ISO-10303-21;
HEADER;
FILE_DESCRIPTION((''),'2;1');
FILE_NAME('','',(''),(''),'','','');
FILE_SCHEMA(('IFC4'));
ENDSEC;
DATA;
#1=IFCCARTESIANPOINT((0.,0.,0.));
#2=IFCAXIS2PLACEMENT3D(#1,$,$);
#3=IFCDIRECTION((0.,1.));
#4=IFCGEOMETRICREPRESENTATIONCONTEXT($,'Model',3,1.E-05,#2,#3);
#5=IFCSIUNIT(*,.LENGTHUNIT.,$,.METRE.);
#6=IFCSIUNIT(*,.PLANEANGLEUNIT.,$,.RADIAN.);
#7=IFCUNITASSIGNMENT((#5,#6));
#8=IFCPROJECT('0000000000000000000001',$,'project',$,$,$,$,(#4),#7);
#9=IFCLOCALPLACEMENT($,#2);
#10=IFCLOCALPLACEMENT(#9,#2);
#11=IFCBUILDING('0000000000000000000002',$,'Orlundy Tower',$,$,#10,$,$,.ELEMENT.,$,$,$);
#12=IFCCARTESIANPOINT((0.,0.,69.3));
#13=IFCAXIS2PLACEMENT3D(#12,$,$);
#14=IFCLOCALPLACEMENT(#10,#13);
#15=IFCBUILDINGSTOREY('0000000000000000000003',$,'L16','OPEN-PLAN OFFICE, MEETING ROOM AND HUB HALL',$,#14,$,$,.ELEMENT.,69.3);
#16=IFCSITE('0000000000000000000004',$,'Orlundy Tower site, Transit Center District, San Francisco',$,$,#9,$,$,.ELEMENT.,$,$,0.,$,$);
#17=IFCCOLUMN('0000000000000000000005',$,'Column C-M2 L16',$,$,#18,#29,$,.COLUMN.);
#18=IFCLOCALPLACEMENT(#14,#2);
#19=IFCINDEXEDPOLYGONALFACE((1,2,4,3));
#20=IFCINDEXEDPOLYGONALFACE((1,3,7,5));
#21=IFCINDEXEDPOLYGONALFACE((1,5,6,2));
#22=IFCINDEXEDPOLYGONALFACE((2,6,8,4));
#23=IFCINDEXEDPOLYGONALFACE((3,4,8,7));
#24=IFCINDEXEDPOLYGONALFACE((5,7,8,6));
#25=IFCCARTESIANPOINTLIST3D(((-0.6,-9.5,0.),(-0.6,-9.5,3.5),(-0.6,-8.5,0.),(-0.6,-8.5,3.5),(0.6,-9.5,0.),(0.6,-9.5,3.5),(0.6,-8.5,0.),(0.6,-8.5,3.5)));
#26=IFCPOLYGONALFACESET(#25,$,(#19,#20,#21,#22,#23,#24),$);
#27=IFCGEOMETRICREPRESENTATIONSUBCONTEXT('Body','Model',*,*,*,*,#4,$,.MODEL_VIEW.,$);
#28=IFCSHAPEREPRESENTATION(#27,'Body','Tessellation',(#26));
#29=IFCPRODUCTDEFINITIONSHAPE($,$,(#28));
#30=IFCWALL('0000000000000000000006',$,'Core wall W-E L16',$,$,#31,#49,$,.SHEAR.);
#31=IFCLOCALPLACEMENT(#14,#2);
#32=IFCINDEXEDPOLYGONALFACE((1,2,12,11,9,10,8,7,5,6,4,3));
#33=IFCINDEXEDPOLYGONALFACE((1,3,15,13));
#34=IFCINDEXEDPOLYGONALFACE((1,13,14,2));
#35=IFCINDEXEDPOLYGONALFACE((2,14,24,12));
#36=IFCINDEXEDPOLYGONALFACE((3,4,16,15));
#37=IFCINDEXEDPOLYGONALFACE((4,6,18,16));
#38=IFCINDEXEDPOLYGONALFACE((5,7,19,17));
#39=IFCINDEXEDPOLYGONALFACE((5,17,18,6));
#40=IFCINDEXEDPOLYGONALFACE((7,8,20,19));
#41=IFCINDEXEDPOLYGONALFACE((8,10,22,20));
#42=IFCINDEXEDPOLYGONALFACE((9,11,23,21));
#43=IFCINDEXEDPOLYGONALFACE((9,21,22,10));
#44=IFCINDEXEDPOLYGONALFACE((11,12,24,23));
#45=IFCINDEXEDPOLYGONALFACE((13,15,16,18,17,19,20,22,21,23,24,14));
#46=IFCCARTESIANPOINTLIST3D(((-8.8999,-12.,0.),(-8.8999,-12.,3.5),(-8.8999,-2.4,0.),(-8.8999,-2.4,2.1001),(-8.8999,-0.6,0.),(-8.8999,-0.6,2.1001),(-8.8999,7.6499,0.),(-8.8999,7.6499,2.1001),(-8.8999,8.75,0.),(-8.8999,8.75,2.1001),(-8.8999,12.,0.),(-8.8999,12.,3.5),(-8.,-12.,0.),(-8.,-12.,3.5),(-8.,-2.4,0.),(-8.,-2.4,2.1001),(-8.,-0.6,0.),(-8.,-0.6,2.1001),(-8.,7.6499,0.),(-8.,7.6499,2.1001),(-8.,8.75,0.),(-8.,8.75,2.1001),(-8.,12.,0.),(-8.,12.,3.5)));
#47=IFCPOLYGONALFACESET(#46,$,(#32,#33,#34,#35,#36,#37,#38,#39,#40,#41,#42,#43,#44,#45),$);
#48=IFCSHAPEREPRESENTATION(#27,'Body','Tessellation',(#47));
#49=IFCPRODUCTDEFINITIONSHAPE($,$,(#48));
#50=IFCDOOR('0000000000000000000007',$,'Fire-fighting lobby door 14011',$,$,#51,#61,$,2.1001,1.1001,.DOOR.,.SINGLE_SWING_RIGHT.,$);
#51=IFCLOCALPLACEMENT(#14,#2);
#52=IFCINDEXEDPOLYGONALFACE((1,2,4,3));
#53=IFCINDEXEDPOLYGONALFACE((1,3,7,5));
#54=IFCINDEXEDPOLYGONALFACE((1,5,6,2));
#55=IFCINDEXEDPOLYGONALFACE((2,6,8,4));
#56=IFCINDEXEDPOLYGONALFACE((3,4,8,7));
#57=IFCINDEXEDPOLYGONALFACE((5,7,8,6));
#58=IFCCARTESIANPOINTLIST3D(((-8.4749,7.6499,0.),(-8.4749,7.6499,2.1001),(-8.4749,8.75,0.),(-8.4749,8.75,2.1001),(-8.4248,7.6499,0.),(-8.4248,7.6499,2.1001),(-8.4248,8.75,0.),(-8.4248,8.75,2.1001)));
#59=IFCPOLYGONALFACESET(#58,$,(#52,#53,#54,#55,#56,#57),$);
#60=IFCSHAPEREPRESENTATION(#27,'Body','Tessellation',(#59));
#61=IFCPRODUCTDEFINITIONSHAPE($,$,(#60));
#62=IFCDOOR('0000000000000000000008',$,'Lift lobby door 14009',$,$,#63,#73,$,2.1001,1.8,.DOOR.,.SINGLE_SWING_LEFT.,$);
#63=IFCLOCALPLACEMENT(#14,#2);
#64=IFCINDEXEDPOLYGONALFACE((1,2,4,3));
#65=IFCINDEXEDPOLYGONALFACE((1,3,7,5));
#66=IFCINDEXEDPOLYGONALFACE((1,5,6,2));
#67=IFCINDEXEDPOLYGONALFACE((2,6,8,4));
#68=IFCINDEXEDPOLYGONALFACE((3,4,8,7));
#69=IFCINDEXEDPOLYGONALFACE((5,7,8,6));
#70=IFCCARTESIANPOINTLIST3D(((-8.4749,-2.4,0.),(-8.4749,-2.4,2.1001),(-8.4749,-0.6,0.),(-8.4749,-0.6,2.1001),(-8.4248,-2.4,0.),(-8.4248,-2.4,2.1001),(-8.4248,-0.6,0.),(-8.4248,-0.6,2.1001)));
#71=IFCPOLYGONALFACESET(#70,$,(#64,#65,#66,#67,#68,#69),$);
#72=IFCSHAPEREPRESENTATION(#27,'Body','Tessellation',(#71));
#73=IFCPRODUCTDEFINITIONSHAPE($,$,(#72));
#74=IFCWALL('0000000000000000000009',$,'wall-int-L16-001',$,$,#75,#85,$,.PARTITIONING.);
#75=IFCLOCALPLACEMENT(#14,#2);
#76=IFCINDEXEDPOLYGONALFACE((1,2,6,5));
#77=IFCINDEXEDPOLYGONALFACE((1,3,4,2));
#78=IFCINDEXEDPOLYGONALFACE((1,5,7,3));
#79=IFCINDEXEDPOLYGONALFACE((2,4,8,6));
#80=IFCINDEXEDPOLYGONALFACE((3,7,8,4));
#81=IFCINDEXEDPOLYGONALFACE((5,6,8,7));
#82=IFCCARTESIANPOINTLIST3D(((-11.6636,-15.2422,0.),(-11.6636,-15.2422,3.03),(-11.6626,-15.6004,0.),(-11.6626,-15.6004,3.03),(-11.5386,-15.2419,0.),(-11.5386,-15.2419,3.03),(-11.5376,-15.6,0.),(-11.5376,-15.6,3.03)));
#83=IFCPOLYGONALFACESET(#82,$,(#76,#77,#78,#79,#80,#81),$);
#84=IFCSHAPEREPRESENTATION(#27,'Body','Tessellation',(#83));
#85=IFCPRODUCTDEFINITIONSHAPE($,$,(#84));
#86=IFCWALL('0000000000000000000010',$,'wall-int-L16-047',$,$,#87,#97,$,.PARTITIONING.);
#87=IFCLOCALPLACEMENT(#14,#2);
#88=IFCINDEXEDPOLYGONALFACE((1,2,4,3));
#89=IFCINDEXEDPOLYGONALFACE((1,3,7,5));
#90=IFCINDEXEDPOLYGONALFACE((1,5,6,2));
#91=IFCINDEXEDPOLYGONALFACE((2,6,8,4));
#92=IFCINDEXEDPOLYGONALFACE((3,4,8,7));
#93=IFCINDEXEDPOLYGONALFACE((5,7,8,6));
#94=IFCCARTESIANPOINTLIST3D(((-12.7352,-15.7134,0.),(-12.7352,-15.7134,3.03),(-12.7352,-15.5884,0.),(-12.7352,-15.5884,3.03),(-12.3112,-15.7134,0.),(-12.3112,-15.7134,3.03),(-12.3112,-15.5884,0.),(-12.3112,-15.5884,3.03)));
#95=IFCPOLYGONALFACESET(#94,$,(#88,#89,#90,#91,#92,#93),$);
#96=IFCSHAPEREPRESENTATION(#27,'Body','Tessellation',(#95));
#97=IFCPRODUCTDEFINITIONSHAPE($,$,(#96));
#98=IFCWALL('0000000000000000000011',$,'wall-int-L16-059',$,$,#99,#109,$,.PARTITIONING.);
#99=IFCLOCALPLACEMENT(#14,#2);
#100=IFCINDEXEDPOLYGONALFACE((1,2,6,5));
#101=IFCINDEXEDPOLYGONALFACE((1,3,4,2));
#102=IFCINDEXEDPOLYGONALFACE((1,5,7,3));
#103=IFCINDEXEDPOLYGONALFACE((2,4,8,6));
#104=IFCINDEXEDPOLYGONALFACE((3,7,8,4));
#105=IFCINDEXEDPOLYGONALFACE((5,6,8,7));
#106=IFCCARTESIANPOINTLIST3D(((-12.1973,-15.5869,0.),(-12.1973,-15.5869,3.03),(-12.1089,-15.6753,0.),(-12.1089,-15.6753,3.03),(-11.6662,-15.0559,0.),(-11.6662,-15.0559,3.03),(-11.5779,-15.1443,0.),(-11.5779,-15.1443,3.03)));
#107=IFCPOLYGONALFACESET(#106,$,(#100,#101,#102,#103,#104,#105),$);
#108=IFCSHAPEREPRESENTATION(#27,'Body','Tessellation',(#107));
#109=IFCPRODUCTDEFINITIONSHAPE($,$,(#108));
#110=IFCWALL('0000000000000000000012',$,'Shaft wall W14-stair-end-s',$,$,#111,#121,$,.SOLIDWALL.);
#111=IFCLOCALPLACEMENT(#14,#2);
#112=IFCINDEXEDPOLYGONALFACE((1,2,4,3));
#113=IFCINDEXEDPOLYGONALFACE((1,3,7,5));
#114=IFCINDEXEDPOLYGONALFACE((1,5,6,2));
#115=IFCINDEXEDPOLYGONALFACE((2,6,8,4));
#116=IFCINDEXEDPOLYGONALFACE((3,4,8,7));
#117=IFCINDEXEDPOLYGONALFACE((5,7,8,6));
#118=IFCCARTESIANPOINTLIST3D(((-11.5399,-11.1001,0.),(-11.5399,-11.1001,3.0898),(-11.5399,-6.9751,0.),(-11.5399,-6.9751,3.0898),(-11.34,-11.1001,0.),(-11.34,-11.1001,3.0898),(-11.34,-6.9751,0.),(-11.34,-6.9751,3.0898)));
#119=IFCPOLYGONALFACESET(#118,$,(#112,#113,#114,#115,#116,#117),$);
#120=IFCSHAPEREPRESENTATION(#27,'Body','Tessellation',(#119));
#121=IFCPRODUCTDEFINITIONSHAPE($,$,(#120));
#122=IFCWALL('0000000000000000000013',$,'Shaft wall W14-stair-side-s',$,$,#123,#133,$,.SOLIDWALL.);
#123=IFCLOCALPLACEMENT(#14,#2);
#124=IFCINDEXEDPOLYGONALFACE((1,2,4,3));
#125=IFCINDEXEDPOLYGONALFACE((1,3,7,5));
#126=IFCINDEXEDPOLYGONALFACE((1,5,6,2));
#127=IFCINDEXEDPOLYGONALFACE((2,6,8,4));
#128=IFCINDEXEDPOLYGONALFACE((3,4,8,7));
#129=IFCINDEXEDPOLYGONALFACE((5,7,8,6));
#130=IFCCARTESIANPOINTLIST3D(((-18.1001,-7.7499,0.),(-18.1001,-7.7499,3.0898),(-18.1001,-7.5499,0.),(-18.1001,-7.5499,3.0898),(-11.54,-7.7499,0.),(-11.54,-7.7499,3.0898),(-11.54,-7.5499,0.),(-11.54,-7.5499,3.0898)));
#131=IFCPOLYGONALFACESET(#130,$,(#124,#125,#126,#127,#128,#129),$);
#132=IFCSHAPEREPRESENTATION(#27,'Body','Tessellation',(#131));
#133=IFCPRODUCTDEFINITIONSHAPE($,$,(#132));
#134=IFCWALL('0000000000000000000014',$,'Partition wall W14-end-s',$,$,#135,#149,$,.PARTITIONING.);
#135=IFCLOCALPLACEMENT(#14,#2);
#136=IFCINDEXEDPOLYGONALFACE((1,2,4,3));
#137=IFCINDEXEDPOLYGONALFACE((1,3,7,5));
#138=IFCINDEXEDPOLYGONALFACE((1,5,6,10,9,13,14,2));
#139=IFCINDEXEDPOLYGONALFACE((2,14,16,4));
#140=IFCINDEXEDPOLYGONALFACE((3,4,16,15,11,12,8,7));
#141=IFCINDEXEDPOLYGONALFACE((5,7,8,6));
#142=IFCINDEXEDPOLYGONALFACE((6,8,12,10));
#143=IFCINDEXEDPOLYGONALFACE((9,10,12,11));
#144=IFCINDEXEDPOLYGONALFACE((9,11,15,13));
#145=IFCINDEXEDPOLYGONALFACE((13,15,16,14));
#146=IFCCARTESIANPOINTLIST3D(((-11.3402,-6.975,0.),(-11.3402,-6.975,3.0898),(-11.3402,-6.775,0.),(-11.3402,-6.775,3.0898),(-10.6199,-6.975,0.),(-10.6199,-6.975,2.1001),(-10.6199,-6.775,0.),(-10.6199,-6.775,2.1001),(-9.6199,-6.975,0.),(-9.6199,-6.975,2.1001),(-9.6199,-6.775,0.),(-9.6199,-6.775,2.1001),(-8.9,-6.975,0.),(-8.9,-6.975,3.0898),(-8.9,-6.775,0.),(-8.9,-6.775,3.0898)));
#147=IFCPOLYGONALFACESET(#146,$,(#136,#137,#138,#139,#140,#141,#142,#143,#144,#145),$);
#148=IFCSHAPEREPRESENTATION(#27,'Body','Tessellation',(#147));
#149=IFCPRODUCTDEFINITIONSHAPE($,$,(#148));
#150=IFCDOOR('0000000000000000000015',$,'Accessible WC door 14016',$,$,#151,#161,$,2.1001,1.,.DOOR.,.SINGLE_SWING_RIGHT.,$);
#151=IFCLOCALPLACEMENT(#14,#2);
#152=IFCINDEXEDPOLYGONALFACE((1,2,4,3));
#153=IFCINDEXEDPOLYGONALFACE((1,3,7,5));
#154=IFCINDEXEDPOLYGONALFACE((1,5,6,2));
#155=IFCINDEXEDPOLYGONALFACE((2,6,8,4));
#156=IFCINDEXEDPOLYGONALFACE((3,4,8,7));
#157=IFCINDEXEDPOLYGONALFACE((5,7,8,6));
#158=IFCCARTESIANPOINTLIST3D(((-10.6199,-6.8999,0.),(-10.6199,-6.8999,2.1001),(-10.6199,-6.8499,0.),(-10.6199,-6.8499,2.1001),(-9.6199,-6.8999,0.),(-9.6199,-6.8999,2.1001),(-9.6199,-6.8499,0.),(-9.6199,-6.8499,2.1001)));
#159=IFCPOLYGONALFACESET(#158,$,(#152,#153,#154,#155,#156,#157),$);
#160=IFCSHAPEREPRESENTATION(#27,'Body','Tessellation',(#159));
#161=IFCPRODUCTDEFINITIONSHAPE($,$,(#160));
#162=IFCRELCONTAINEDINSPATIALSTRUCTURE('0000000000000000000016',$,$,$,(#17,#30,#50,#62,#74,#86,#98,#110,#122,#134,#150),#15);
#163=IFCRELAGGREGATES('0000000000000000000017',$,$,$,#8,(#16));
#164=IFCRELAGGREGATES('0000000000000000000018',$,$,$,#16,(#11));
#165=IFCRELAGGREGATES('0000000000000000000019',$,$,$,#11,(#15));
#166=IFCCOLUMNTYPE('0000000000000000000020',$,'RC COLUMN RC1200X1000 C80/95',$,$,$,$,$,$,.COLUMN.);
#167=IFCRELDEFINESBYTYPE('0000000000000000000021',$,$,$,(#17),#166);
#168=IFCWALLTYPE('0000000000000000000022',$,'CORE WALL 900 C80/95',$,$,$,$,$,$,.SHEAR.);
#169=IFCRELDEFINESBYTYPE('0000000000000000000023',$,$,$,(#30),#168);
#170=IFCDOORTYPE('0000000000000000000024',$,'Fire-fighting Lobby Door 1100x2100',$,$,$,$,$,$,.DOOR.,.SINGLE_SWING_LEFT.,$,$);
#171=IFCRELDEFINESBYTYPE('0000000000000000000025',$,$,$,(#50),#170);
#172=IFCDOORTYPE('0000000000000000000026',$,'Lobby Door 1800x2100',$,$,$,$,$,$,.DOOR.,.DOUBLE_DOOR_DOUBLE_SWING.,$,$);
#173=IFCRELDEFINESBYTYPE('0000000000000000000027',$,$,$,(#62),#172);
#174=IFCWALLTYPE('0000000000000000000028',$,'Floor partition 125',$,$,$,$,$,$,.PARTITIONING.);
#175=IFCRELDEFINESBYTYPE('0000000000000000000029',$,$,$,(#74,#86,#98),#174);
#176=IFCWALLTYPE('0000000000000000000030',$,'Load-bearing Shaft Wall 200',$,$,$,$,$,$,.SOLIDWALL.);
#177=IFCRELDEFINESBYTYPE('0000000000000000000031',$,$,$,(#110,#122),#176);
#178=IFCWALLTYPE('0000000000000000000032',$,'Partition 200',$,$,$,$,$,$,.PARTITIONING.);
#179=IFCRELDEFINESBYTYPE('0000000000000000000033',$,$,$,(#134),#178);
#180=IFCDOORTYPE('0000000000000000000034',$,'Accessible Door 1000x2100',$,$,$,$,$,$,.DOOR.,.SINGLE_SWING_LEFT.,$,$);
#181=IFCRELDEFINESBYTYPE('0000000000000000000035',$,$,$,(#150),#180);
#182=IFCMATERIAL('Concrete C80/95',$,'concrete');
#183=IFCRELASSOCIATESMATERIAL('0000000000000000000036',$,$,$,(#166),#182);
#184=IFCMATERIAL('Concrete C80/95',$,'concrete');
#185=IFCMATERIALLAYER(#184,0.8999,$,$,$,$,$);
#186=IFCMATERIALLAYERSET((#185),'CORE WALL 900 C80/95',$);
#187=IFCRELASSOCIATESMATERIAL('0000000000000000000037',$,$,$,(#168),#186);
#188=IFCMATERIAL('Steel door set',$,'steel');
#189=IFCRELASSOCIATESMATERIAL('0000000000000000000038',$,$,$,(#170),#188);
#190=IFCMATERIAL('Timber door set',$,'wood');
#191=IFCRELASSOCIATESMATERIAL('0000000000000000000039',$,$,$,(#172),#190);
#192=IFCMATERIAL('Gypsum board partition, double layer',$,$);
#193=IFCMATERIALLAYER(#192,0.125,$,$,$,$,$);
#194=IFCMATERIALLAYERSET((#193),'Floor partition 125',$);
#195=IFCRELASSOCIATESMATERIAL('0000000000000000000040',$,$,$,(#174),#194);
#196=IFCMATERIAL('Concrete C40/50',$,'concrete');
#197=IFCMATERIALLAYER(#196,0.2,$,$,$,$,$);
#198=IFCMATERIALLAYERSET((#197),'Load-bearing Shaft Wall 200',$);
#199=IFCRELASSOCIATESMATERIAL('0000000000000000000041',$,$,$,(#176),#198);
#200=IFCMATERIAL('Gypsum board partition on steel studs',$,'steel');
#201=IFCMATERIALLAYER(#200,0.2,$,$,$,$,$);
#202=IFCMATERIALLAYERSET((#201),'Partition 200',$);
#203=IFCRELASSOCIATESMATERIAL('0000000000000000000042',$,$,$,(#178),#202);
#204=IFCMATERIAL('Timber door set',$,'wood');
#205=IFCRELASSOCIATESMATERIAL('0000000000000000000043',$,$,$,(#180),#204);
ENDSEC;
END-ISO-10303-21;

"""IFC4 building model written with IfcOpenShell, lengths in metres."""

from ifc_helpers import new_model, si_unit, direction, frame, frame_2d, origin, origin_2d, place, context, subcontext, project, spatial, rectangle, extrude, material, layer, layer_set, material_profile, profile_set, type_object, element, fill, save


model = new_model("IFC4")

# Units and contexts
model_context = context("Model", 3, precision=1e-05, world=origin(), true_north=direction((0.0, 1.0)))
body_context = subcontext(model_context, "Body", "Model", "MODEL_VIEW")
ifc_project = project(units=[si_unit("LENGTHUNIT", "METRE"), si_unit("PLANEANGLEUNIT", "RADIAN")], contexts=[model_context])

# Site, building, storey
site_placement = place(None, origin())
site = spatial("IfcSite", under=ifc_project, at=site_placement, Name="Orlundy Tower site, Transit Center District, San Francisco", CompositionType="ELEMENT", RefElevation=0.0)
building_placement = place(site_placement, origin())
building = spatial("IfcBuilding", under=site, at=building_placement, Name="Orlundy Tower", CompositionType="ELEMENT")
storey_placement = place(building_placement, frame((0.0, 0.0, 69.3)))
storey = spatial("IfcBuildingStorey", under=building, at=storey_placement, Name="L16", Description="OPEN-PLAN OFFICE, MEETING ROOM AND HUB HALL", CompositionType="ELEMENT", Elevation=69.3)

# Column
ifc_material_1 = material(Name="Concrete C80/95", Category="concrete")
ifc_material_profile = material_profile(ifc_material_1, rectangle(XDim=1.2, YDim=1.0, at=origin_2d()), Name="RC1200X1000")
ifc_profile_set = profile_set([ifc_material_profile], Name="Concrete C80/95")
column_type = type_object("IfcColumnType", Name="RC COLUMN RC1200X1000 C80/95", PredefinedType="COLUMN", material=ifc_profile_set)
column_placement = place(storey_placement, frame((0.0, -9.0, 0.0), z_axis=(0.0, 0.0, 1.0), x_axis=(1.0, 0.0, 0.0)))
element("IfcColumn", 1, at=column_placement, inside=storey, type_object=column_type, Name="Column C-M2 L16", PredefinedType="COLUMN", context=body_context, shape_type="SweptSolid", body=[
    extrude(rectangle(XDim=1.2, YDim=1.0, at=origin_2d()), origin(), (0.0, 0.0, 1.0), 3.5),
])

# Wall, openings, doors
ifc_material_2 = material(Name="Concrete C80/95", Category="concrete")
ifc_layer_1 = layer(ifc_material_2, 0.8999)
ifc_layer_set_1 = layer_set([ifc_layer_1], Name="CORE WALL 900 C80/95")
wall_type_1 = type_object("IfcWallType", Name="CORE WALL 900 C80/95", PredefinedType="SHEAR", material=ifc_layer_set_1)
wall_1_placement = place(storey_placement, frame((-8.45, -12.0, 0.0), z_axis=(0.0, 0.0, 1.0), x_axis=(0.0, 1.0, 0.0)))
wall_1 = element("IfcWall", 2, at=wall_1_placement, inside=storey, type_object=wall_type_1, Name="Core wall W-E L16", PredefinedType="SHEAR", context=body_context, shape_type="SweptSolid", body=[
    extrude(rectangle(XDim=24.0, YDim=0.8999, at=frame_2d((12.0, 0.0))), origin(), (0.0, 0.0, 1.0), 3.5),
])
opening_1_placement = place(wall_1_placement, frame((9.6001, 0.0, 0.0)))
opening_1 = element("IfcOpeningElement", 3, at=opening_1_placement, cuts=wall_1, PredefinedType="OPENING", context=body_context, shape_type="SweptSolid", body=[
    extrude(rectangle(XDim=1.8, YDim=2.1001, at=frame_2d((0.8999, 1.05))), frame((0.0, 0.46, 0.0), z_axis=(0.0, -1.0, 0.0), x_axis=(1.0, 0.0, 0.0)), (0.0, 0.0, 1.0), 0.9199),
])
opening_2_placement = place(wall_1_placement, frame((19.6499, 0.0, 0.0)))
opening_2 = element("IfcOpeningElement", 4, at=opening_2_placement, cuts=wall_1, PredefinedType="OPENING", context=body_context, shape_type="SweptSolid", body=[
    extrude(rectangle(XDim=1.1001, YDim=2.1001, at=frame_2d((0.55, 1.05))), frame((0.0, 0.46, 0.0), z_axis=(0.0, -1.0, 0.0), x_axis=(1.0, 0.0, 0.0)), (0.0, 0.0, 1.0), 0.9199),
])
ifc_material_3 = material(Name="Steel door set", Category="steel")
door_type_1 = type_object("IfcDoorType", Name="Fire-fighting Lobby Door 1100x2100", OperationType="SINGLE_SWING_LEFT", PredefinedType="DOOR", material=ifc_material_3)
door_1_placement = place(opening_2_placement, origin())
door_1 = element("IfcDoor", 5, at=door_1_placement, inside=storey, type_object=door_type_1, Name="Fire-fighting lobby door 14011", OperationType="SINGLE_SWING_RIGHT", OverallHeight=2.1001, OverallWidth=1.1001, PredefinedType="DOOR", context=body_context, shape_type="SweptSolid", body=[
    extrude(rectangle(XDim=1.1001, YDim=2.1001, at=frame_2d((0.55, 1.05))), frame((0.0, 0.0249, 0.0), z_axis=(0.0, -1.0, 0.0), x_axis=(1.0, 0.0, 0.0)), (0.0, 0.0, 1.0), 0.05),
])
fill(opening_2, door_1)
ifc_material_4 = material(Name="Timber door set", Category="wood")
door_type_2 = type_object("IfcDoorType", Name="Lobby Door 1800x2100", OperationType="DOUBLE_DOOR_DOUBLE_SWING", PredefinedType="DOOR", material=ifc_material_4)
door_2_placement = place(opening_1_placement, origin())
door_2 = element("IfcDoor", 6, at=door_2_placement, inside=storey, type_object=door_type_2, Name="Lift lobby door 14009", OperationType="SINGLE_SWING_LEFT", OverallHeight=2.1001, OverallWidth=1.8, PredefinedType="DOOR", context=body_context, shape_type="SweptSolid", body=[
    extrude(rectangle(XDim=1.8, YDim=2.1001, at=frame_2d((0.8999, 1.05))), frame((0.0, 0.0249, 0.0), z_axis=(0.0, -1.0, 0.0), x_axis=(1.0, 0.0, 0.0)), (0.0, 0.0, 1.0), 0.05),
])
fill(opening_1, door_2)

# Walls
ifc_material_5 = material(Name="Gypsum board partition, double layer")
ifc_layer_2 = layer(ifc_material_5, 0.125)
ifc_layer_set_2 = layer_set([ifc_layer_2], Name="Floor partition 125")
wall_type_2 = type_object("IfcWallType", Name="Floor partition 125", PredefinedType="PARTITIONING", material=ifc_layer_set_2)
wall_2_placement = place(storey_placement, frame((-11.6011, -15.2419, 0.0), z_axis=(0.0, 0.0, 1.0), x_axis=(0.002727, -0.999996, 0.0)))
element("IfcWall", 7, at=wall_2_placement, inside=storey, type_object=wall_type_2, Name="wall-int-L16-001", PredefinedType="PARTITIONING", context=body_context, shape_type="SweptSolid", body=[
    extrude(rectangle(XDim=0.3582, YDim=0.125, at=frame_2d((0.1792, 0.0))), origin(), (0.0, 0.0, 1.0), 3.03),
])
wall_3_placement = place(storey_placement, frame((-12.7351, -15.6509, 0.0), z_axis=(0.0, 0.0, 1.0), x_axis=(1.0, 0.0, 0.0)))
element("IfcWall", 8, at=wall_3_placement, inside=storey, type_object=wall_type_2, Name="wall-int-L16-047", PredefinedType="PARTITIONING", context=body_context, shape_type="SweptSolid", body=[
    extrude(rectangle(XDim=0.4241, YDim=0.125, at=frame_2d((0.2119, 0.0))), origin(), (0.0, 0.0, 1.0), 3.03),
])
wall_4_placement = place(storey_placement, frame((-12.1531, -15.6311, 0.0), z_axis=(0.0, 0.0, 1.0), x_axis=(0.707107, 0.707107, 0.0)))
element("IfcWall", 9, at=wall_4_placement, inside=storey, type_object=wall_type_2, Name="wall-int-L16-059", PredefinedType="PARTITIONING", context=body_context, shape_type="SweptSolid", body=[
    extrude(rectangle(XDim=0.751, YDim=0.125, at=frame_2d((0.3755, 0.0))), origin(), (0.0, 0.0, 1.0), 3.03),
])
ifc_material_6 = material(Name="Concrete C40/50", Category="concrete")
ifc_layer_3 = layer(ifc_material_6, 0.2)
ifc_layer_set_3 = layer_set([ifc_layer_3], Name="Load-bearing Shaft Wall 200")
wall_type_3 = type_object("IfcWallType", Name="Load-bearing Shaft Wall 200", PredefinedType="SOLIDWALL", material=ifc_layer_set_3)
wall_5_placement = place(storey_placement, frame((-11.4399, -11.1001, 0.0), z_axis=(0.0, 0.0, 1.0), x_axis=(0.0, 1.0, 0.0)))
element("IfcWall", 10, at=wall_5_placement, inside=storey, type_object=wall_type_3, Name="Shaft wall W14-stair-end-s", PredefinedType="SOLIDWALL", context=body_context, shape_type="SweptSolid", body=[
    extrude(rectangle(XDim=4.125, YDim=0.2, at=frame_2d((2.0625, 0.0))), origin(), (0.0, 0.0, 1.0), 3.0898),
])
wall_6_placement = place(storey_placement, frame((-11.54, -7.6499, 0.0), z_axis=(0.0, 0.0, 1.0), x_axis=(-1.0, 0.0, 0.0)))
element("IfcWall", 11, at=wall_6_placement, inside=storey, type_object=wall_type_3, Name="Shaft wall W14-stair-side-s", PredefinedType="SOLIDWALL", context=body_context, shape_type="SweptSolid", body=[
    extrude(rectangle(XDim=6.5601, YDim=0.2, at=frame_2d((3.28, 0.0))), origin(), (0.0, 0.0, 1.0), 3.0898),
])

# Wall, opening, door
ifc_material_7 = material(Name="Gypsum board partition on steel studs", Category="steel")
ifc_layer_4 = layer(ifc_material_7, 0.2)
ifc_layer_set_4 = layer_set([ifc_layer_4], Name="Partition 200")
wall_type_4 = type_object("IfcWallType", Name="Partition 200", PredefinedType="PARTITIONING", material=ifc_layer_set_4)
wall_7_placement = place(storey_placement, frame((-8.8999, -6.875, 0.0), z_axis=(0.0, 0.0, 1.0), x_axis=(-1.0, 0.0, 0.0)))
wall_7 = element("IfcWall", 12, at=wall_7_placement, inside=storey, type_object=wall_type_4, Name="Partition wall W14-end-s", PredefinedType="PARTITIONING", context=body_context, shape_type="SweptSolid", body=[
    extrude(rectangle(XDim=2.4402, YDim=0.2, at=frame_2d((1.2202, 0.0))), origin(), (0.0, 0.0, 1.0), 3.0898),
])
opening_3_placement = place(wall_7_placement, frame((0.72, 0.0, 0.0)))
opening_3 = element("IfcOpeningElement", 13, at=opening_3_placement, cuts=wall_7, PredefinedType="OPENING", context=body_context, shape_type="SweptSolid", body=[
    extrude(rectangle(XDim=1.0, YDim=2.1001, at=frame_2d((0.5, 1.05))), frame((0.0, 0.1101, 0.0), z_axis=(0.0, -1.0, 0.0), x_axis=(1.0, 0.0, 0.0)), (0.0, 0.0, 1.0), 0.2202),
])
ifc_material_8 = material(Name="Timber door set", Category="wood")
door_type_3 = type_object("IfcDoorType", Name="Accessible Door 1000x2100", OperationType="SINGLE_SWING_LEFT", PredefinedType="DOOR", material=ifc_material_8)
door_3_placement = place(opening_3_placement, origin())
door_3 = element("IfcDoor", 14, at=door_3_placement, inside=storey, type_object=door_type_3, Name="Accessible WC door 14016", OperationType="SINGLE_SWING_RIGHT", OverallHeight=2.1001, OverallWidth=1.0, PredefinedType="DOOR", context=body_context, shape_type="SweptSolid", body=[
    extrude(rectangle(XDim=1.0, YDim=2.1001, at=frame_2d((0.5, 1.05))), frame((0.0, 0.0249, 0.0), z_axis=(0.0, -1.0, 0.0), x_axis=(1.0, 0.0, 0.0)), (0.0, 0.0, 1.0), 0.05),
])
fill(opening_3, door_3)

save(model, "model.ifc")
